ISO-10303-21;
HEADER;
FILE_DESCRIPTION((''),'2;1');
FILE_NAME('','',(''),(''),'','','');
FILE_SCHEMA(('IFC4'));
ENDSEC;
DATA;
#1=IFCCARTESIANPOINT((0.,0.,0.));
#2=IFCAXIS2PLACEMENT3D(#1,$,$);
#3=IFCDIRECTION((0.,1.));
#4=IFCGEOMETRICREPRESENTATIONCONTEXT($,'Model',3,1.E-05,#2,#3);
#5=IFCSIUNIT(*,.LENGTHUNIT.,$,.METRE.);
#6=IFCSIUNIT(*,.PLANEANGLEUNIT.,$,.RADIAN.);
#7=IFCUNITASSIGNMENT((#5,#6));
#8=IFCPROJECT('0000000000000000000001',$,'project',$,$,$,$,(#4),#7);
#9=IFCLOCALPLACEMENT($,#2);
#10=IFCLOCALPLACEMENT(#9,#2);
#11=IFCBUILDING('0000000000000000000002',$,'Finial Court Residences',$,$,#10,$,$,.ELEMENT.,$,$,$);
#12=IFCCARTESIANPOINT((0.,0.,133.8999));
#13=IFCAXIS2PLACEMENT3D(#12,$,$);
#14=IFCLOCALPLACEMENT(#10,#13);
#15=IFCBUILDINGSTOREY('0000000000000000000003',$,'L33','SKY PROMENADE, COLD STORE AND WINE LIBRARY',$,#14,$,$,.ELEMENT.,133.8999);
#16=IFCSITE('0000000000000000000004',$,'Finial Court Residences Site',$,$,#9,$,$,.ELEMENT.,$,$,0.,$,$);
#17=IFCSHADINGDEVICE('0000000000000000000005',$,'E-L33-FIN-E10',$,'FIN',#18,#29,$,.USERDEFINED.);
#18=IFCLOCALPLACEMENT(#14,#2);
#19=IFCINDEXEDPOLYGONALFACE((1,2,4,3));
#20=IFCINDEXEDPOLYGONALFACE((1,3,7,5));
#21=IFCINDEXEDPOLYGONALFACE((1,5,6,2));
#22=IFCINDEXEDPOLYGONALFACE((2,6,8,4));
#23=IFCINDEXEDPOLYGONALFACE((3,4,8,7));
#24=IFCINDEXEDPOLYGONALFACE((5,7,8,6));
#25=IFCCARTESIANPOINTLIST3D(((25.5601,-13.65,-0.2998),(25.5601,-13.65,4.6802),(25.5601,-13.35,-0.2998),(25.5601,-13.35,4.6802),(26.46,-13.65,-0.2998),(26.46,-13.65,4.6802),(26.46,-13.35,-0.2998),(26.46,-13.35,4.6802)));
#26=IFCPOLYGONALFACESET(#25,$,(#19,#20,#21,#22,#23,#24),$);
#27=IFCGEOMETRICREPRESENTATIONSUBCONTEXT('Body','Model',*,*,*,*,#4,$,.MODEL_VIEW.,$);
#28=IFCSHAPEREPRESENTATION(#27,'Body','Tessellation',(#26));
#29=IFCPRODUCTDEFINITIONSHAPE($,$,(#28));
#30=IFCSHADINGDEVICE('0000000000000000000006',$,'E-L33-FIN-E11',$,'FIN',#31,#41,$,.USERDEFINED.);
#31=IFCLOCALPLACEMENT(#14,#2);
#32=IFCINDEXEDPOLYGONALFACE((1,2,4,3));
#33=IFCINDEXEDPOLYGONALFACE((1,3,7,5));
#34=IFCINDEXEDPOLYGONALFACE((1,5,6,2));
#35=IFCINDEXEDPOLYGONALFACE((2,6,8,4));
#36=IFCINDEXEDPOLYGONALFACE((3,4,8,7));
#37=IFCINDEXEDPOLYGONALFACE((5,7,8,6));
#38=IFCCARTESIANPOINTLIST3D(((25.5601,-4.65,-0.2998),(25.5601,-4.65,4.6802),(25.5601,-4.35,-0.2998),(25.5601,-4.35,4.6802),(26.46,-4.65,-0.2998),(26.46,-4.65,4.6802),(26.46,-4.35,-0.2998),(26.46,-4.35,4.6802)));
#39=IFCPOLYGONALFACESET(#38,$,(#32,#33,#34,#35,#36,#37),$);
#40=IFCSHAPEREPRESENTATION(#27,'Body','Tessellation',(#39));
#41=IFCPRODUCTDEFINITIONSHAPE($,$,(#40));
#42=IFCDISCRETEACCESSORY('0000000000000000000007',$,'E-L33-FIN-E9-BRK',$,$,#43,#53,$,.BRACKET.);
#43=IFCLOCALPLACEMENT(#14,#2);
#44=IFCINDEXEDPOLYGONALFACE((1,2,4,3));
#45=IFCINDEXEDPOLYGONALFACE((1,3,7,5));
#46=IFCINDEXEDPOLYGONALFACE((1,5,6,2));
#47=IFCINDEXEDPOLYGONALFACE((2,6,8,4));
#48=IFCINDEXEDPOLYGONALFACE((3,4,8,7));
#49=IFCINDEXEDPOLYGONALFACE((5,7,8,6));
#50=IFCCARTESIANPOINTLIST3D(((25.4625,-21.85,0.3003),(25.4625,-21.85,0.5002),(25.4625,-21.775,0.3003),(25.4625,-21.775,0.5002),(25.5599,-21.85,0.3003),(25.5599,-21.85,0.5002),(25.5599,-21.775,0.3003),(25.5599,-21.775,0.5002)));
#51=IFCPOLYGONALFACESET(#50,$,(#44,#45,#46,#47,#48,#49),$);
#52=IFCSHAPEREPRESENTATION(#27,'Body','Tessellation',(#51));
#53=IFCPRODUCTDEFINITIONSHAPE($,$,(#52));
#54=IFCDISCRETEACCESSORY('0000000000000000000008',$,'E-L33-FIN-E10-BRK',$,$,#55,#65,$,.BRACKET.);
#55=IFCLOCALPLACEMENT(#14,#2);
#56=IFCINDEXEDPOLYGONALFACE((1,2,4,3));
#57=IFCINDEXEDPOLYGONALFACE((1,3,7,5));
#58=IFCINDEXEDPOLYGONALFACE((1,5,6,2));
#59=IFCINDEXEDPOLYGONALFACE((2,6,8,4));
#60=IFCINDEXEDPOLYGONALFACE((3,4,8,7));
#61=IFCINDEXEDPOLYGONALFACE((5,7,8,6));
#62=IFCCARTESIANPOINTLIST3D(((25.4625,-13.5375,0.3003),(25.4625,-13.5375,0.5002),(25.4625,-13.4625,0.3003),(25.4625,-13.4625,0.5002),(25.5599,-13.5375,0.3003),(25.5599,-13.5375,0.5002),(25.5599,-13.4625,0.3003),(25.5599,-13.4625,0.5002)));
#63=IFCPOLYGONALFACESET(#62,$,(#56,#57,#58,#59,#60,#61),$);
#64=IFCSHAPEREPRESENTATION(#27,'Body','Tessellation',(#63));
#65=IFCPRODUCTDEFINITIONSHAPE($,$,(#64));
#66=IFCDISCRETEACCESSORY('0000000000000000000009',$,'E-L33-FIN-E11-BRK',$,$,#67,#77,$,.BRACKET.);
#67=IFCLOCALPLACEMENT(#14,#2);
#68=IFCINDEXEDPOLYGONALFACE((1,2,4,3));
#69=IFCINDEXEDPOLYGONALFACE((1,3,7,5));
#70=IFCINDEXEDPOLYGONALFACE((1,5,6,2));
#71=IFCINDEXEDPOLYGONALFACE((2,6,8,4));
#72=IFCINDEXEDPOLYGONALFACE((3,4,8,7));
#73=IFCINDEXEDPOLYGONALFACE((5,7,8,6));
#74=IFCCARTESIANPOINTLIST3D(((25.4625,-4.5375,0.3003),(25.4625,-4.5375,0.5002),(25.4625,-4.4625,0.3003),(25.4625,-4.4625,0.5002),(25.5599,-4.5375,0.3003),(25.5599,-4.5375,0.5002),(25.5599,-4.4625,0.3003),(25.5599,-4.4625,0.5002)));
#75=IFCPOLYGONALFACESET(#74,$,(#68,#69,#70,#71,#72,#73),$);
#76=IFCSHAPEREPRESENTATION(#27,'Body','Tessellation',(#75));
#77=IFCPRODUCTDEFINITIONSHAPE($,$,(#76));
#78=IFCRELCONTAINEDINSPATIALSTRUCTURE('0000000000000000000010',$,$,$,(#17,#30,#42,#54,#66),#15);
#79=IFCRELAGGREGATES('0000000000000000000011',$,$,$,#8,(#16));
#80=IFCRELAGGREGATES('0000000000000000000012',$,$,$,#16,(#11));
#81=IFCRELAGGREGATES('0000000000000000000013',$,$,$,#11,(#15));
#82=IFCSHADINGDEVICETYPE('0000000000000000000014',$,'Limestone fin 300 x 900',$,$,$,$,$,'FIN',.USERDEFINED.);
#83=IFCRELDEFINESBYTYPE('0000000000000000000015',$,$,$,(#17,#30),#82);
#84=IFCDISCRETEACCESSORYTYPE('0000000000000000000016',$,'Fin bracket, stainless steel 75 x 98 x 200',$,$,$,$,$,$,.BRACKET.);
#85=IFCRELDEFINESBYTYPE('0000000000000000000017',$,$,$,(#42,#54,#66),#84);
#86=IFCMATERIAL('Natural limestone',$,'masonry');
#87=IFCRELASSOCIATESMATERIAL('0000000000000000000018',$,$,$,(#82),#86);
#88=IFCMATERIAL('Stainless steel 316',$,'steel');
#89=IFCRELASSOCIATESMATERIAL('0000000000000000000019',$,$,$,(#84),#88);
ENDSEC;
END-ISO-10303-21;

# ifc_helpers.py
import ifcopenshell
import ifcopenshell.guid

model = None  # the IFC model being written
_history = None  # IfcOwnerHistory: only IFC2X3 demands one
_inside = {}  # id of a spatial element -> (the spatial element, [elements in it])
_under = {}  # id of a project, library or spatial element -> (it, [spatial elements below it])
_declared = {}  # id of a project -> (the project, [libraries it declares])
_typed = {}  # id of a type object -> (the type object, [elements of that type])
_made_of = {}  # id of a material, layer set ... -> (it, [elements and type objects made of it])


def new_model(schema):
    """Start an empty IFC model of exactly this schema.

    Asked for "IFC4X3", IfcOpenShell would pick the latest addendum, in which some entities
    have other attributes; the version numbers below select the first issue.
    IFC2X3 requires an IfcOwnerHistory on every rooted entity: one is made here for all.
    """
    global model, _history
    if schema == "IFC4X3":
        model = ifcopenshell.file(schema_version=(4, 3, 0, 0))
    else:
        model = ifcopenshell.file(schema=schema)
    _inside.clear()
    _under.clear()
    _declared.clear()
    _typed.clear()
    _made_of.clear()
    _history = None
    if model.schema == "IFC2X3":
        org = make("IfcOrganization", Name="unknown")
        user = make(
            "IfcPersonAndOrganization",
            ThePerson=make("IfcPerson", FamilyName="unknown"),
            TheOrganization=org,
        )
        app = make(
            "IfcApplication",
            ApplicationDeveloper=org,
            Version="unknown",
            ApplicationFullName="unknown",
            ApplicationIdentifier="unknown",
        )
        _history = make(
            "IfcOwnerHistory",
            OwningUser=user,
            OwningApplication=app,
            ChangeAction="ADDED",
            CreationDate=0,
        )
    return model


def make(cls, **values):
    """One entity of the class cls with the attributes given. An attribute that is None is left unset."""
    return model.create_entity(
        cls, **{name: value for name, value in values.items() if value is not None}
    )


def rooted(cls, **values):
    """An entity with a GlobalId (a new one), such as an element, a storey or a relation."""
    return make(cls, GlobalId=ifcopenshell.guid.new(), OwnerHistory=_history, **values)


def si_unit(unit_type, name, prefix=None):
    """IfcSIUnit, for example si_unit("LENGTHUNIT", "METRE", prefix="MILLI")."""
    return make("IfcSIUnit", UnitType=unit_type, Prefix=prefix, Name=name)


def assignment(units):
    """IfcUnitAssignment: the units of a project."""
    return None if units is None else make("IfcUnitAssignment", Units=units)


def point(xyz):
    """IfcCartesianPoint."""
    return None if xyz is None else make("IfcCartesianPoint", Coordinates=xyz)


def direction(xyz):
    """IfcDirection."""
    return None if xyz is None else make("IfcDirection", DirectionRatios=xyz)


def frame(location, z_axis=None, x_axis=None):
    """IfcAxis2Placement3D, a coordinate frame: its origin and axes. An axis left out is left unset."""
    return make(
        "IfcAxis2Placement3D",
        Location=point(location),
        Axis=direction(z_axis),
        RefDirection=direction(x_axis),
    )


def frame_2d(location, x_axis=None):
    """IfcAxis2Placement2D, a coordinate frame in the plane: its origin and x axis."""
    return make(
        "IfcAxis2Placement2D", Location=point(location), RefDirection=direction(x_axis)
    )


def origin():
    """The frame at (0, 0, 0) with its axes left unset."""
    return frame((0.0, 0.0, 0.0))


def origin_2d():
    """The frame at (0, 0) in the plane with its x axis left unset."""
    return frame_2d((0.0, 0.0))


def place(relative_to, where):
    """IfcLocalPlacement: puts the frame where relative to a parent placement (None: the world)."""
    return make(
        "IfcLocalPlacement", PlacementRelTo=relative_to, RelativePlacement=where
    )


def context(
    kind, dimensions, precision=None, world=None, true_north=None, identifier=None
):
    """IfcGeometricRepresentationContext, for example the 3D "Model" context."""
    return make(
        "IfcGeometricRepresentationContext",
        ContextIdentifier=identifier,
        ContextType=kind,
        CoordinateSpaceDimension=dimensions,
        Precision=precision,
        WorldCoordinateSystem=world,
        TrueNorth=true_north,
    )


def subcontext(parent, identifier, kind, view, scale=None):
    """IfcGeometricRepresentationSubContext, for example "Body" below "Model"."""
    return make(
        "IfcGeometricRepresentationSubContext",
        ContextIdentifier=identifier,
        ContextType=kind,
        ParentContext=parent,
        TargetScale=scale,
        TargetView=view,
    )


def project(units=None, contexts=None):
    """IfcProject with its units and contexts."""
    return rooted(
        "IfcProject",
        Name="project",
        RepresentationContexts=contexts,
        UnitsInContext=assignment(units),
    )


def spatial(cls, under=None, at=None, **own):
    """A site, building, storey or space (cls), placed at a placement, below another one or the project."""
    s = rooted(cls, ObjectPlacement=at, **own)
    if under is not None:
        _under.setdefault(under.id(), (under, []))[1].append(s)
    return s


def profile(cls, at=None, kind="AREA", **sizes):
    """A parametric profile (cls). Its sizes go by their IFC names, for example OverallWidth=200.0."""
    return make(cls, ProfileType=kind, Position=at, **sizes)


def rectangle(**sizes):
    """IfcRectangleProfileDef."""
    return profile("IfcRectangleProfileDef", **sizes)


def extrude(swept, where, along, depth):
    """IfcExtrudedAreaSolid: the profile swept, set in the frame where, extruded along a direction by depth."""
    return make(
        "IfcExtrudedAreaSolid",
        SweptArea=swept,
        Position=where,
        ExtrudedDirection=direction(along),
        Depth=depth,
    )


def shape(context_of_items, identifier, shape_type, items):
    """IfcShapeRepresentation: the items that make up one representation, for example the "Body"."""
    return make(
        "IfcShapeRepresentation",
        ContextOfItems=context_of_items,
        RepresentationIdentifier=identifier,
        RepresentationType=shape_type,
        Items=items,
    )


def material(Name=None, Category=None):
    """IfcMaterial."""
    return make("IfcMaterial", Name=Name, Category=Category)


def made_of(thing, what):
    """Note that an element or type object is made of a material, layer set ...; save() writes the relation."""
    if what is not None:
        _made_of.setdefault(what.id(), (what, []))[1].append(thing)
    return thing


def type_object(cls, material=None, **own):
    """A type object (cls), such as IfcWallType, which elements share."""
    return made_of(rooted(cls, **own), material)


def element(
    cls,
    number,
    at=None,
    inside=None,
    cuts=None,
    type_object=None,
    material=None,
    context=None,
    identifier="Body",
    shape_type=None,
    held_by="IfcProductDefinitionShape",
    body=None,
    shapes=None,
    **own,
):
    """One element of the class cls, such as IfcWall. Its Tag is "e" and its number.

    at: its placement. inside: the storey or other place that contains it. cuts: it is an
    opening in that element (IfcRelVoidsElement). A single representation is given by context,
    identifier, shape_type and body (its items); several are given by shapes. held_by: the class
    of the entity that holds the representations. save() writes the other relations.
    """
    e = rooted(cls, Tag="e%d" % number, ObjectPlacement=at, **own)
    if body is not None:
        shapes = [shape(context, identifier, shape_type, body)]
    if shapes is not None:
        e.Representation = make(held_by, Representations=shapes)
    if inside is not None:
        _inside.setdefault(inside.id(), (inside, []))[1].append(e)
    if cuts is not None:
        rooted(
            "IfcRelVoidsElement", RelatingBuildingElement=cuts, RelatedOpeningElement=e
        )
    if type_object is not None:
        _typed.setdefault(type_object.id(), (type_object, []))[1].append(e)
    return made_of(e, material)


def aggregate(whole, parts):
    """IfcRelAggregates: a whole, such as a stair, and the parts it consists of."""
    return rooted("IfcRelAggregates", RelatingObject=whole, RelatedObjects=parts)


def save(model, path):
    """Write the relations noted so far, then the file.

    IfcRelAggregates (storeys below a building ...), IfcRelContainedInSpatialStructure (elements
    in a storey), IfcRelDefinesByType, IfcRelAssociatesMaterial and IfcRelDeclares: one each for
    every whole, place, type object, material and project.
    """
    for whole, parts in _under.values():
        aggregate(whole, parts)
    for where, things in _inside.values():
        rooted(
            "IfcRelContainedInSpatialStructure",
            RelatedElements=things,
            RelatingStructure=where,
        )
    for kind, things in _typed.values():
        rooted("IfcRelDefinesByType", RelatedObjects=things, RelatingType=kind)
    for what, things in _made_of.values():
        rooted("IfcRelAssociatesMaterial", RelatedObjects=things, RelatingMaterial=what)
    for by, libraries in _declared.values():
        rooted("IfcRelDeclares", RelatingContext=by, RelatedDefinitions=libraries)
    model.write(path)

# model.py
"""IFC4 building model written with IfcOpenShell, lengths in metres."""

from ifc_helpers import new_model, si_unit, direction, frame, origin, origin_2d, place, context, subcontext, project, spatial, rectangle, extrude, material, type_object, element, save


model = new_model("IFC4")

# Units and contexts
model_context = context("Model", 3, precision=1e-05, world=origin(), true_north=direction((0.0, 1.0)))
body_context = subcontext(model_context, "Body", "Model", "MODEL_VIEW")
ifc_project = project(units=[si_unit("LENGTHUNIT", "METRE"), si_unit("PLANEANGLEUNIT", "RADIAN")], contexts=[model_context])

# Site, building, storey
site_placement = place(None, origin())
site = spatial("IfcSite", under=ifc_project, at=site_placement, Name="Finial Court Residences Site", CompositionType="ELEMENT", RefElevation=0.0)
building_placement = place(site_placement, origin())
building = spatial("IfcBuilding", under=site, at=building_placement, Name="Finial Court Residences", CompositionType="ELEMENT")
storey_placement = place(building_placement, frame((0.0, 0.0, 133.8999)))
storey = spatial("IfcBuildingStorey", under=building, at=storey_placement, Name="L33", Description="SKY PROMENADE, COLD STORE AND WINE LIBRARY", CompositionType="ELEMENT", Elevation=133.8999)

# Shading devices
ifc_material_1 = material(Name="Natural limestone", Category="masonry")
shading_device_type = type_object("IfcShadingDeviceType", Name="Limestone fin 300 x 900", ElementType="FIN", PredefinedType="USERDEFINED", material=ifc_material_1)
for number, where, z_axis, x_axis, name in (
    (1, (26.01, -13.5, -0.2998), (0.0, 0.0, 1.0), (1.0, 0.0, 0.0), "E-L33-FIN-E10"),
    (2, (26.01, -4.5, -0.2998), (0.0, 0.0, 1.0), (1.0, 0.0, 0.0), "E-L33-FIN-E11"),
):
    element("IfcShadingDevice", number, at=place(storey_placement, frame(where, z_axis=z_axis, x_axis=x_axis)), inside=storey, type_object=shading_device_type, Name=name, ObjectType="FIN", PredefinedType="USERDEFINED", context=body_context, shape_type="SweptSolid", body=[
        extrude(rectangle(XDim=0.8999, YDim=0.3, at=origin_2d()), origin(), (0.0, 0.0, 1.0), 4.98),
    ])

# Discrete accessories
ifc_material_2 = material(Name="Stainless steel 316", Category="steel")
discrete_accessory_type = type_object("IfcDiscreteAccessoryType", Name="Fin bracket, stainless steel 75 x 98 x 200", PredefinedType="BRACKET", material=ifc_material_2)
for number, where, z_axis, x_axis, name in (
    (3, (25.5112, -21.8125, 0.3003), (0.0, 0.0, 1.0), (1.0, 0.0, 0.0), "E-L33-FIN-E9-BRK"),
    (4, (25.5112, -13.5, 0.3003), (0.0, 0.0, 1.0), (1.0, 0.0, 0.0), "E-L33-FIN-E10-BRK"),
    (5, (25.5112, -4.5, 0.3003), (0.0, 0.0, 1.0), (1.0, 0.0, 0.0), "E-L33-FIN-E11-BRK"),
):
    element("IfcDiscreteAccessory", number, at=place(storey_placement, frame(where, z_axis=z_axis, x_axis=x_axis)), inside=storey, type_object=discrete_accessory_type, Name=name, PredefinedType="BRACKET", context=body_context, shape_type="SweptSolid", body=[
        extrude(rectangle(XDim=0.0974, YDim=0.075, at=origin_2d()), origin(), (0.0, 0.0, 1.0), 0.2),
    ])

save(model, "model.ifc")
